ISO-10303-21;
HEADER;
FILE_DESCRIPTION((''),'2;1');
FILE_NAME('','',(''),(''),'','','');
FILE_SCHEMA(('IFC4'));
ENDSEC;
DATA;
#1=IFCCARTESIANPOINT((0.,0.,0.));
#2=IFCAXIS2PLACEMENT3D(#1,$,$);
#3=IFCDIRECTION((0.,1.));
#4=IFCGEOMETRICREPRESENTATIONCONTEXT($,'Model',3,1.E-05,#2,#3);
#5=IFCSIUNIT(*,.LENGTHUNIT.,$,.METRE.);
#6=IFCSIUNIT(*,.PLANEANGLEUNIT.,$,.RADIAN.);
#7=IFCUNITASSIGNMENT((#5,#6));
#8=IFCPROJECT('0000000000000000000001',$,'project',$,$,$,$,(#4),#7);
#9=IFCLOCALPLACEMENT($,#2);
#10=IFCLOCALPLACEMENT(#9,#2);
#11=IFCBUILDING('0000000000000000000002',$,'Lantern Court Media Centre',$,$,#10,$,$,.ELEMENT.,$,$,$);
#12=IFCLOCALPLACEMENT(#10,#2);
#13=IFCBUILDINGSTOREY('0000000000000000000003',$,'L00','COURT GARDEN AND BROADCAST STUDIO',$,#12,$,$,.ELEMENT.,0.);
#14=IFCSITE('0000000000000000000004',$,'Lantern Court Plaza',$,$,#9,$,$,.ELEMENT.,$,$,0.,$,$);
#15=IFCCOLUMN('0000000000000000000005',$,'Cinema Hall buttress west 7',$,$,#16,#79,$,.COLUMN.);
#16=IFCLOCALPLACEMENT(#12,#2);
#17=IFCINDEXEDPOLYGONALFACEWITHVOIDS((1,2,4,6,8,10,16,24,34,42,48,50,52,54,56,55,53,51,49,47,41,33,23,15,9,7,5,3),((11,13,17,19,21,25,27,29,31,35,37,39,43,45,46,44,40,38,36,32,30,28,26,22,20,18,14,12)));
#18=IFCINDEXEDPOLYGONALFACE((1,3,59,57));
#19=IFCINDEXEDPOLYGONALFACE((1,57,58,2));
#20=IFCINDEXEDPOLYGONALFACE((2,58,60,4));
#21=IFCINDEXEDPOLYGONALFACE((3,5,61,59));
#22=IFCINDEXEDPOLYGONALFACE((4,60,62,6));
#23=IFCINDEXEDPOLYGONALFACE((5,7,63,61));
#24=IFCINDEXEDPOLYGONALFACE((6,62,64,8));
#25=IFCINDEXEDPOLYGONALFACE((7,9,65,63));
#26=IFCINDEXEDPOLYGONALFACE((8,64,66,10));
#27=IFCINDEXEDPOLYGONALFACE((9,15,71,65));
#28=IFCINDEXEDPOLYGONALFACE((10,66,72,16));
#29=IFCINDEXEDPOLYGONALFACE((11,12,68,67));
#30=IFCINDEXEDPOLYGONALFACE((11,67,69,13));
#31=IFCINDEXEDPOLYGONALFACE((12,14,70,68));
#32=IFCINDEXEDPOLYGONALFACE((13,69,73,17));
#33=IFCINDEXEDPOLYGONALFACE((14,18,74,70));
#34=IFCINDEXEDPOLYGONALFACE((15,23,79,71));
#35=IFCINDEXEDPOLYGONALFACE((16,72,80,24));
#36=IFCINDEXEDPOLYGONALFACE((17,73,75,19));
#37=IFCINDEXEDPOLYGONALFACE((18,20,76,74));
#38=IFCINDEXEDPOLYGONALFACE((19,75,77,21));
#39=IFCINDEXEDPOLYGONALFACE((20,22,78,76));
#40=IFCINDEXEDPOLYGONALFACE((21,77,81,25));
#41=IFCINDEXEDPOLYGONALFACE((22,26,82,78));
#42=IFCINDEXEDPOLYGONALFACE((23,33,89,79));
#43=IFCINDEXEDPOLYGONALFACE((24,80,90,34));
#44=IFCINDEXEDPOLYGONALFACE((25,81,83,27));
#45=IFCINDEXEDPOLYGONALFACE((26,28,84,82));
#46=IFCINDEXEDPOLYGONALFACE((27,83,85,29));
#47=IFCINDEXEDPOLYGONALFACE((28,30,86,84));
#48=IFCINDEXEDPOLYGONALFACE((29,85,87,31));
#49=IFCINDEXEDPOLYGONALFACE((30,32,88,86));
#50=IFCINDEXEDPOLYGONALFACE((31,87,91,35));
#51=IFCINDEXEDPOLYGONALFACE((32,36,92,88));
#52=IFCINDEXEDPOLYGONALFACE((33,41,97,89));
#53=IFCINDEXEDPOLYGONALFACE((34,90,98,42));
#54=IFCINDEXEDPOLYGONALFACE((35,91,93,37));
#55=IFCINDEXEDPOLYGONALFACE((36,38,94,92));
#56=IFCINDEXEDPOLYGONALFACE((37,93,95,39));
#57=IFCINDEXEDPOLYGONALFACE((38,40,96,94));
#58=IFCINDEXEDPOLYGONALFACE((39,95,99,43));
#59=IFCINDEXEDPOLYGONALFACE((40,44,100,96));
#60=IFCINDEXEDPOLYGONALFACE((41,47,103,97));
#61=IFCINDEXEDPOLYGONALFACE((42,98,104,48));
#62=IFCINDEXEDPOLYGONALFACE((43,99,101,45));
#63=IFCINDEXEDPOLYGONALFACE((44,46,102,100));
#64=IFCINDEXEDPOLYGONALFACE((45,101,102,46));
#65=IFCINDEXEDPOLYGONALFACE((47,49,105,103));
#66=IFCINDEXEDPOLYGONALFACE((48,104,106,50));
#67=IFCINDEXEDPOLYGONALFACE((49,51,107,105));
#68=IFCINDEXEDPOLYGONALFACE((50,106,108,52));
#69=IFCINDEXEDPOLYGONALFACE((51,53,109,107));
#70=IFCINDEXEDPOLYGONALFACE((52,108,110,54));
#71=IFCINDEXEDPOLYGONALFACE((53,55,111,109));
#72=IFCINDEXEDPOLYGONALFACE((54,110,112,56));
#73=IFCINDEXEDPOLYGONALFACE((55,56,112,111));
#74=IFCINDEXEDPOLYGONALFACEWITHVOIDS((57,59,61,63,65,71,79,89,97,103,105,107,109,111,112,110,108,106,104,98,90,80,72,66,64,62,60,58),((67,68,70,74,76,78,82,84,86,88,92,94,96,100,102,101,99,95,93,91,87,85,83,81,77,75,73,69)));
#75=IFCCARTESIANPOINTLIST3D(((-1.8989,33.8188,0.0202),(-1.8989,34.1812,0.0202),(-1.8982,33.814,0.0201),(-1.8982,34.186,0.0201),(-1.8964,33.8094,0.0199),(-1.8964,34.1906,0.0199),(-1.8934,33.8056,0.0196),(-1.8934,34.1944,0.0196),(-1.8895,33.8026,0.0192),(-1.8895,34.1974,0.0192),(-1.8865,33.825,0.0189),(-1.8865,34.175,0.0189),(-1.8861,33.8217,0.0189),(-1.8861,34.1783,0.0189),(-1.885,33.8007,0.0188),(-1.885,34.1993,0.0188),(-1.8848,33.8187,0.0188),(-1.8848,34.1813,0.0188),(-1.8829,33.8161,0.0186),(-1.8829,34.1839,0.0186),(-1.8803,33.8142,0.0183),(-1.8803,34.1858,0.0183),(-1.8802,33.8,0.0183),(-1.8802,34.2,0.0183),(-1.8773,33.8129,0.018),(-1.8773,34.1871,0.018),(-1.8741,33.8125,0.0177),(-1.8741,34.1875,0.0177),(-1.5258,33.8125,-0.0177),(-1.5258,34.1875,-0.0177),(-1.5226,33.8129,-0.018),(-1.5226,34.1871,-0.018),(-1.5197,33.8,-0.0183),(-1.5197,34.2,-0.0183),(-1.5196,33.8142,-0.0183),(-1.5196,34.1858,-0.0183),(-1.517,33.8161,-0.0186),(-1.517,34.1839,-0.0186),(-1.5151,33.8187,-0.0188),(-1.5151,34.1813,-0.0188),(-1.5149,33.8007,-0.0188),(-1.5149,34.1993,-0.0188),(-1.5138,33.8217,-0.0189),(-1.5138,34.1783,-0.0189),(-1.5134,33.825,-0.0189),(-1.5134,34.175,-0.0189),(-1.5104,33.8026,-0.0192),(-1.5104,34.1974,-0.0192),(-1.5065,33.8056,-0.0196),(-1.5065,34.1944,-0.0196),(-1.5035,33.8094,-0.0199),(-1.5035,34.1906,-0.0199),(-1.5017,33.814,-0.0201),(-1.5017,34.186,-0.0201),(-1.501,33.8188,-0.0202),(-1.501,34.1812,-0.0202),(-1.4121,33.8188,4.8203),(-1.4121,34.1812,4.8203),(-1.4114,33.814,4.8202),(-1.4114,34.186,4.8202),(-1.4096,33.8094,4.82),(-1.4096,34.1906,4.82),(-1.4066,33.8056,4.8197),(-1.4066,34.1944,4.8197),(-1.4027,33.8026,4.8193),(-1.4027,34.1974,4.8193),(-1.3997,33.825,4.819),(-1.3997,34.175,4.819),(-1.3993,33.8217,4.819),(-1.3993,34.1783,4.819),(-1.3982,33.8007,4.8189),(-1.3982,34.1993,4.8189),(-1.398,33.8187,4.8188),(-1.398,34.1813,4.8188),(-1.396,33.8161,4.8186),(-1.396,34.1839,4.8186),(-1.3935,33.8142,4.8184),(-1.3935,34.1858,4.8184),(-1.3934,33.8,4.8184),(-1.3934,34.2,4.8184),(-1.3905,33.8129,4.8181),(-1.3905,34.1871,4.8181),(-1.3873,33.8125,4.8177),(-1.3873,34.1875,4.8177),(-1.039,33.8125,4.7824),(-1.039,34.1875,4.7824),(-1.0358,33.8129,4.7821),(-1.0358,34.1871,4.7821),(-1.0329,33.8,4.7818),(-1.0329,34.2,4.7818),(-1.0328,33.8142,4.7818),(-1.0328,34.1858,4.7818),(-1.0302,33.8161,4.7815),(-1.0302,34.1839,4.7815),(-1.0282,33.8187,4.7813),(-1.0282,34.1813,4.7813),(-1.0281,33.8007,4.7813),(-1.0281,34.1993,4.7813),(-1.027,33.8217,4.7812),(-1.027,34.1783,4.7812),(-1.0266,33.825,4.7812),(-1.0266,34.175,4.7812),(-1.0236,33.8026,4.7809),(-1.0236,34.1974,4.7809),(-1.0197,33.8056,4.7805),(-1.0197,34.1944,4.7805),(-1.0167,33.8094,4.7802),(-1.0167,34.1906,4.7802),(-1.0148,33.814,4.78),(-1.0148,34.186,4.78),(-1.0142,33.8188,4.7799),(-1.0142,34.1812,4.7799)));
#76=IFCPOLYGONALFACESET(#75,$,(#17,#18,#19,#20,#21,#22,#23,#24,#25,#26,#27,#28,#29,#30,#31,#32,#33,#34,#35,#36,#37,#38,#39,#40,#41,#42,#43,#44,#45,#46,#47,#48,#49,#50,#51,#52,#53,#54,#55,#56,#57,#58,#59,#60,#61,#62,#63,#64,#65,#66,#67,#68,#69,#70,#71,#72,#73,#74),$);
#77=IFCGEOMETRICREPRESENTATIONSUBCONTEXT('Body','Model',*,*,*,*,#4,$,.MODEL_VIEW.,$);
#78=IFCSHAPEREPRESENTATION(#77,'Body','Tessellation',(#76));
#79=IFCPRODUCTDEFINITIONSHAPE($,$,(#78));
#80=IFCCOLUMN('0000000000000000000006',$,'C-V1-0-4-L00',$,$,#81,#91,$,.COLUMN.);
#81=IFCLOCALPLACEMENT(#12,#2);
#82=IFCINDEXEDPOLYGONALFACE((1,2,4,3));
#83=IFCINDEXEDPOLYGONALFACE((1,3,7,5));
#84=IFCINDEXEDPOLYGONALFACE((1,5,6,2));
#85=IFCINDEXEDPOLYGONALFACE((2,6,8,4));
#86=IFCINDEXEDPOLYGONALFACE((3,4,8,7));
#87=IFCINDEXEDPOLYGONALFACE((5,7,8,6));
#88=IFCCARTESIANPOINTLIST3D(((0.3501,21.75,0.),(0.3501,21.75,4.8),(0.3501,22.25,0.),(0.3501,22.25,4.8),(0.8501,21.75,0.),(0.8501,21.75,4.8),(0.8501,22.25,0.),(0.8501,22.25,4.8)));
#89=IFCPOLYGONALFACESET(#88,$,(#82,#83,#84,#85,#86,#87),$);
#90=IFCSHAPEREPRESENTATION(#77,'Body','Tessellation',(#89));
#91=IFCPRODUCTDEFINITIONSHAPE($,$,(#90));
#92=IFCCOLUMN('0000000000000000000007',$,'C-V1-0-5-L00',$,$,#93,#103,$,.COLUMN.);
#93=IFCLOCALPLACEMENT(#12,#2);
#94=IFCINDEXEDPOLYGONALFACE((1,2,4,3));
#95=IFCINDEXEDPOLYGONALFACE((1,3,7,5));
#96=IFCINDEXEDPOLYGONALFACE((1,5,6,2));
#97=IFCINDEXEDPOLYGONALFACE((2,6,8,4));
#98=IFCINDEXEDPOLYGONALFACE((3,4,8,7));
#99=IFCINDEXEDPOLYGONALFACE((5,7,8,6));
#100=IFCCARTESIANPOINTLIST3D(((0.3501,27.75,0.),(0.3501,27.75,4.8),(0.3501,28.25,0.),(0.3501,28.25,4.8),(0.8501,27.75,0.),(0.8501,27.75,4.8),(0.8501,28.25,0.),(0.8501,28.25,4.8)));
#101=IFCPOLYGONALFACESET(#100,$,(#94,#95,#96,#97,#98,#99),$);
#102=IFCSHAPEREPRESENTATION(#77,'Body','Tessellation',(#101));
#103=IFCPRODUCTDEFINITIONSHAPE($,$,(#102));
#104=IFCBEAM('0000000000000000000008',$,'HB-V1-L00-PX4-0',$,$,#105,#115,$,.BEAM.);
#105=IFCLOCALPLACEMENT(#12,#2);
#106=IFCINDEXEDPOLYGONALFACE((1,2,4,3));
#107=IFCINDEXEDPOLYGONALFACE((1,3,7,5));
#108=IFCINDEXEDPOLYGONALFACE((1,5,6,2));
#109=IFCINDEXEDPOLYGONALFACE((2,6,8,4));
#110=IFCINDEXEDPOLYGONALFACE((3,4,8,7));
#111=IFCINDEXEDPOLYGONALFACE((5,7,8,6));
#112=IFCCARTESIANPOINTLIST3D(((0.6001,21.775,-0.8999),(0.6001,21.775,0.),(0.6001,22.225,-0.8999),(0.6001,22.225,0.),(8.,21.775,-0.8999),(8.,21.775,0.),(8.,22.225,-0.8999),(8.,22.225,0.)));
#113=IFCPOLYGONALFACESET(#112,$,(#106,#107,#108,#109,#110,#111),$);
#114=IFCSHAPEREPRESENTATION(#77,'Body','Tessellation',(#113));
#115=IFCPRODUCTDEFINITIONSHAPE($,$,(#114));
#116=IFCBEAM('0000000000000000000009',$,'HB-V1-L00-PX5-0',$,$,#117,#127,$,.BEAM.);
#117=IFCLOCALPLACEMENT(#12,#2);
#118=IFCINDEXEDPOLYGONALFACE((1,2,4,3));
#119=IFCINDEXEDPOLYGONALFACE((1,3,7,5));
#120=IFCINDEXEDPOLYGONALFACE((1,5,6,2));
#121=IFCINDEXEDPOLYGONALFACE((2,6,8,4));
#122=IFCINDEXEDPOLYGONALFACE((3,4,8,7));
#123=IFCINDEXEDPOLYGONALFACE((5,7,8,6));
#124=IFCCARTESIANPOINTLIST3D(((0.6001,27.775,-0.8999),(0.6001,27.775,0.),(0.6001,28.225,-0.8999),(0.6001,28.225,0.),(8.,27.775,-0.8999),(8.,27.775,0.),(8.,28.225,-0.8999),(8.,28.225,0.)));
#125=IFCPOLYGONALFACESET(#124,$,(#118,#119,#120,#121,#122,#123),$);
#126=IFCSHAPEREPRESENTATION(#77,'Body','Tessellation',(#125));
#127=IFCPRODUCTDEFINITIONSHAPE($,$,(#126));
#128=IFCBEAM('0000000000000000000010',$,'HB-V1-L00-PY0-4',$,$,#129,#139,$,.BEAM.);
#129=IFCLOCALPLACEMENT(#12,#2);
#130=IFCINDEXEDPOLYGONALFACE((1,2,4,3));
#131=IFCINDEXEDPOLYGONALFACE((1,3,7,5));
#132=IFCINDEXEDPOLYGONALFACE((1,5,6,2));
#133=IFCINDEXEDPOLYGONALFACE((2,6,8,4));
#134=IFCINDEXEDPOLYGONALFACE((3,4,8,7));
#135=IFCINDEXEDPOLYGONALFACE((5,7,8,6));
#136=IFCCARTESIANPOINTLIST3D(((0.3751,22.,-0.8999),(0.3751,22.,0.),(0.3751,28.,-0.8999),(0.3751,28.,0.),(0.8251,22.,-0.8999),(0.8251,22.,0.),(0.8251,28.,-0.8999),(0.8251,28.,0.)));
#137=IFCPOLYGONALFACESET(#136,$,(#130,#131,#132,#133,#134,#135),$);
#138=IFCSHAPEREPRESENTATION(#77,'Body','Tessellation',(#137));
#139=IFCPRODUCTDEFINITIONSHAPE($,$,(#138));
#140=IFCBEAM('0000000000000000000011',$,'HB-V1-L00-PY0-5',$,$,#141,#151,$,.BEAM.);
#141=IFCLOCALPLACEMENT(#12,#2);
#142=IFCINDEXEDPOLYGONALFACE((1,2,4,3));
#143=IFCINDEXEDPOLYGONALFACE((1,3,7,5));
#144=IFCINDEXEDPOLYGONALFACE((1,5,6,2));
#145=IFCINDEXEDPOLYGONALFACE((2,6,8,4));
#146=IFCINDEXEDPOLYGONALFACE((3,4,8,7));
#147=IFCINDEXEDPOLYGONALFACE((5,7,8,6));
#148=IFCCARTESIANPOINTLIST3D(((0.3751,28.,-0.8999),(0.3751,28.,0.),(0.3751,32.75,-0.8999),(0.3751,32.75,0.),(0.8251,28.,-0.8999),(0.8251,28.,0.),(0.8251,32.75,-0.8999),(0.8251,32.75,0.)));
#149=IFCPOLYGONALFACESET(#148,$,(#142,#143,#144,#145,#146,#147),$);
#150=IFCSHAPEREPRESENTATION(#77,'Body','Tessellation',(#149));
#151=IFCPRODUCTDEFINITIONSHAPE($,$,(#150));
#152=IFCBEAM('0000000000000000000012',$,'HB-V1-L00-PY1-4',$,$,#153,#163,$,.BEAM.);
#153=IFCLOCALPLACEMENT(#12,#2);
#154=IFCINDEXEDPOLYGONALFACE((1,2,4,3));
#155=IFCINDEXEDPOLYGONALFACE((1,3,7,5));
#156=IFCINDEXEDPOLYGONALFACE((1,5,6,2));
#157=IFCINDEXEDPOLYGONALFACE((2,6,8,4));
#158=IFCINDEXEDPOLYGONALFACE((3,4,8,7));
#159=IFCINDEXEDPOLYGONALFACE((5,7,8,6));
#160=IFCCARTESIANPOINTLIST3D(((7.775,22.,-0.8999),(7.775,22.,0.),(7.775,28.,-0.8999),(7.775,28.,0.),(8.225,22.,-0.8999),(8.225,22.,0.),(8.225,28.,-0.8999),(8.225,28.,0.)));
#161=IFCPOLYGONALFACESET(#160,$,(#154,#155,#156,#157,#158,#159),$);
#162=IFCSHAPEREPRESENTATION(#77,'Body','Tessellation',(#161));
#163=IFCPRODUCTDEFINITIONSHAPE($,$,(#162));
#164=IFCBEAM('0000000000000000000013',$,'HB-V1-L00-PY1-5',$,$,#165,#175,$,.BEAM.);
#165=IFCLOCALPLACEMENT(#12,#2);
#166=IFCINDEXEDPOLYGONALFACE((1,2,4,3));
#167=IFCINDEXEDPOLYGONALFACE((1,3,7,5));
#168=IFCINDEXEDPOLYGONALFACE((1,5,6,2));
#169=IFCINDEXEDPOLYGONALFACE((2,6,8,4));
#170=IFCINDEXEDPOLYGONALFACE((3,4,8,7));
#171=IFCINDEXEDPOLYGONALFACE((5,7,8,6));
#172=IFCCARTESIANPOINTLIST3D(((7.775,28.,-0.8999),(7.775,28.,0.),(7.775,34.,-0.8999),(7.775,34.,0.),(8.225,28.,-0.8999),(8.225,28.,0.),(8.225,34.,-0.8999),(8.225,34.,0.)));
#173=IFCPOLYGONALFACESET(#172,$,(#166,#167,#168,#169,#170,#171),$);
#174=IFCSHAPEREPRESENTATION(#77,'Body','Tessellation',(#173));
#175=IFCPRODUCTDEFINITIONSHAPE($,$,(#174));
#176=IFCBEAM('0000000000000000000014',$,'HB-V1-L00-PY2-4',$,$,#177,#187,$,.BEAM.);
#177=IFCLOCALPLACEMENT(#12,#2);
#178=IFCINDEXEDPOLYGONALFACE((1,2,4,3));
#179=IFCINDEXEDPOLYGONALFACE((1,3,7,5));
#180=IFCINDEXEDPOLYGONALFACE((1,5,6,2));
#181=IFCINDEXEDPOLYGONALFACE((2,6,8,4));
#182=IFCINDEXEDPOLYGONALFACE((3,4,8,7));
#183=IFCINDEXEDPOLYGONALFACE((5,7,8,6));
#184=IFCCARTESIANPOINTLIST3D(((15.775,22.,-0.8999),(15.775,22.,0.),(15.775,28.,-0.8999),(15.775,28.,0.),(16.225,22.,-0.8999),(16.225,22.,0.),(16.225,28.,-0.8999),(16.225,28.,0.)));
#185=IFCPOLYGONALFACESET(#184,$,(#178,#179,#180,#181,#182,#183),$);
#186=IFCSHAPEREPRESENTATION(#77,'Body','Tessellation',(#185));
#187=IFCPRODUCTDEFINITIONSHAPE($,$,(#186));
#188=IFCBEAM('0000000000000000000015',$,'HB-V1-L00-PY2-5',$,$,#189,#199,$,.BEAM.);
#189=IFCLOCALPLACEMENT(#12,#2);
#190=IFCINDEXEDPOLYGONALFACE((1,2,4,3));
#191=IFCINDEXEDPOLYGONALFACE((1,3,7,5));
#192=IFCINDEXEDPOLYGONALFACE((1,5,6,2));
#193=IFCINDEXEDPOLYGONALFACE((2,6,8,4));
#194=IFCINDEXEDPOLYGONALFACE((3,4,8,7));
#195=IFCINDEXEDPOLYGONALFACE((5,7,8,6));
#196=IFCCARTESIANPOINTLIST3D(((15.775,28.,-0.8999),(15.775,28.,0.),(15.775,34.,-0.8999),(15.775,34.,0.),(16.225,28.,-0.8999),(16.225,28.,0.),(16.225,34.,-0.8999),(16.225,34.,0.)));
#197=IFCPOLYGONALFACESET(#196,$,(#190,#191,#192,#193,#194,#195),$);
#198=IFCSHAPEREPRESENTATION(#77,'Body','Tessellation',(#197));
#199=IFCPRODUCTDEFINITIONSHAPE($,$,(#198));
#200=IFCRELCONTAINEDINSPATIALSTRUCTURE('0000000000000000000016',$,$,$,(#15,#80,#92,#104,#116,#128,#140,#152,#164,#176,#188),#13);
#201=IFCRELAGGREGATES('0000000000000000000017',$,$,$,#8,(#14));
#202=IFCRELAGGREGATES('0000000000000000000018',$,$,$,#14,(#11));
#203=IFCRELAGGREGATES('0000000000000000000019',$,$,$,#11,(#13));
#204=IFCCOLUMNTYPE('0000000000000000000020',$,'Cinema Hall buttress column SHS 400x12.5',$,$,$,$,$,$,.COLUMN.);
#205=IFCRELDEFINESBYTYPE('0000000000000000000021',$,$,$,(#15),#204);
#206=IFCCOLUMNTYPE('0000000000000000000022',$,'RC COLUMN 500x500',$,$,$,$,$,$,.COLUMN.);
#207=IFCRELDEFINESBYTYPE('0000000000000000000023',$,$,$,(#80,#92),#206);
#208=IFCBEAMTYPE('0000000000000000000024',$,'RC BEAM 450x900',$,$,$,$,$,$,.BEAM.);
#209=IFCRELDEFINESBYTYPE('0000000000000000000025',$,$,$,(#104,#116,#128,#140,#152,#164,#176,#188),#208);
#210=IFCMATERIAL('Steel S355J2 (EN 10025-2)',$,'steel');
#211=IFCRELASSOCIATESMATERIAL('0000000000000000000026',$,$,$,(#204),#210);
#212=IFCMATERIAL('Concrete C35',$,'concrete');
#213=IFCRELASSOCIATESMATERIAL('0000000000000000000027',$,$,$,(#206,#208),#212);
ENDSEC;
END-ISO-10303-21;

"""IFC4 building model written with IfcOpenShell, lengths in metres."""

from ifc_helpers import new_model, si_unit, direction, frame, origin, origin_2d, place, context, subcontext, project, spatial, rectangle, hollow_rectangle, extrude, material, material_profile, profile_set, type_object, element, save


model = new_model("IFC4")

# Units and contexts
model_context = context("Model", 3, precision=1e-05, world=origin(), true_north=direction((0.0, 1.0)))
body_context = subcontext(model_context, "Body", "Model", "MODEL_VIEW")
ifc_project = project(units=[si_unit("LENGTHUNIT", "METRE"), si_unit("PLANEANGLEUNIT", "RADIAN")], contexts=[model_context])

# Site, building, storey
site_placement = place(None, origin())
site = spatial("IfcSite", under=ifc_project, at=site_placement, Name="Lantern Court Plaza", CompositionType="ELEMENT", RefElevation=0.0)
building_placement = place(site_placement, origin())
building = spatial("IfcBuilding", under=site, at=building_placement, Name="Lantern Court Media Centre", CompositionType="ELEMENT")
storey_placement = place(building_placement, origin())
storey = spatial("IfcBuildingStorey", under=building, at=storey_placement, Name="L00", Description="COURT GARDEN AND BROADCAST STUDIO", CompositionType="ELEMENT", Elevation=0.0)

# Columns
ifc_material_1 = material(Name="Steel S355J2 (EN 10025-2)", Category="steel")
ifc_material_profile_1 = material_profile(ifc_material_1, hollow_rectangle(XDim=0.3999, YDim=0.3999, WallThickness=0.0125, InnerFilletRadius=0.0125, OuterFilletRadius=0.0188, at=origin_2d()), Name="Cinema Hall buttress column SHS 400x12.5")
ifc_profile_set_1 = profile_set([ifc_material_profile_1], Name="Steel S355J2 (EN 10025-2)")
column_type_1 = type_object("IfcColumnType", Name="Cinema Hall buttress column SHS 400x12.5", PredefinedType="COLUMN", material=ifc_profile_set_1)
for number, where, z_axis, x_axis, name in (
    (1, (-1.7, 34.0, 0.0), (0.100901, 0.0, 0.994896), (0.0, 1.0, 0.0), "Cinema Hall buttress west 7"),
):
    element("IfcColumn", number, at=place(storey_placement, frame(where, z_axis=z_axis, x_axis=x_axis)), inside=storey, type_object=column_type_1, Name=name, PredefinedType="COLUMN", context=body_context, shape_type="SweptSolid", body=[
        extrude(hollow_rectangle(XDim=0.3999, YDim=0.3999, WallThickness=0.0125, InnerFilletRadius=0.0125, OuterFilletRadius=0.0188, at=origin_2d()), origin(), (0.0, 0.0, 1.0), 4.8247),
    ])
ifc_material_2 = material(Name="Concrete C35", Category="concrete")
ifc_material_profile_2 = material_profile(ifc_material_2, rectangle(XDim=0.5, YDim=0.5, at=origin_2d()), Name="RC 500x500")
ifc_profile_set_2 = profile_set([ifc_material_profile_2], Name="Concrete C35")
column_type_2 = type_object("IfcColumnType", Name="RC COLUMN 500x500", PredefinedType="COLUMN", material=ifc_profile_set_2)
for number, where, z_axis, x_axis, name in (
    (2, (0.6001, 22.0, 0.0), (0.0, 0.0, 1.0), (1.0, 0.0, 0.0), "C-V1-0-4-L00"),
    (3, (0.6001, 28.0, 0.0), (0.0, 0.0, 1.0), (1.0, 0.0, 0.0), "C-V1-0-5-L00"),
):
    element("IfcColumn", number, at=place(storey_placement, frame(where, z_axis=z_axis, x_axis=x_axis)), inside=storey, type_object=column_type_2, Name=name, PredefinedType="COLUMN", context=body_context, shape_type="SweptSolid", body=[
        extrude(rectangle(XDim=0.5, YDim=0.5, at=origin_2d()), origin(), (0.0, 0.0, 1.0), 4.8),
    ])

# Beams
ifc_material_profile_3 = material_profile(ifc_material_2, rectangle(XDim=0.45, YDim=0.8999, at=origin_2d()), Name="RC 450x900")
ifc_profile_set_3 = profile_set([ifc_material_profile_3], Name="Concrete C35")
beam_type_1 = type_object("IfcBeamType", Name="RC BEAM 450x900", PredefinedType="BEAM", material=ifc_profile_set_3)
for number, where, z_axis, x_axis, name in (
    (4, (0.6001, 22.0, -0.45), (1.0, 0.0, 0.0), (0.0, 1.0, 0.0), "HB-V1-L00-PX4-0"),
    (5, (0.6001, 28.0, -0.45), (1.0, 0.0, 0.0), (0.0, 1.0, 0.0), "HB-V1-L00-PX5-0"),
):
    element("IfcBeam", number, at=place(storey_placement, frame(where, z_axis=z_axis, x_axis=x_axis)), inside=storey, type_object=beam_type_1, Name=name, PredefinedType="BEAM", context=body_context, shape_type="SweptSolid", body=[
        extrude(rectangle(XDim=0.45, YDim=0.8999, at=origin_2d()), origin(), (0.0, 0.0, 1.0), 7.3999),
    ])
beam_1_placement = place(storey_placement, frame((0.6001, 22.0, -0.45), z_axis=(0.0, 1.0, 0.0), x_axis=(-1.0, 0.0, 0.0)))
element("IfcBeam", 6, at=beam_1_placement, inside=storey, type_object=beam_type_1, Name="HB-V1-L00-PY0-4", PredefinedType="BEAM", context=body_context, shape_type="SweptSolid", body=[
    extrude(rectangle(XDim=0.45, YDim=0.8999, at=origin_2d()), origin(), (0.0, 0.0, 1.0), 6.0),
])
beam_2_placement = place(storey_placement, frame((0.6001, 28.0, -0.45), z_axis=(0.0, 1.0, 0.0), x_axis=(-1.0, 0.0, 0.0)))
element("IfcBeam", 7, at=beam_2_placement, inside=storey, type_object=beam_type_1, Name="HB-V1-L00-PY0-5", PredefinedType="BEAM", context=body_context, shape_type="SweptSolid", body=[
    extrude(rectangle(XDim=0.45, YDim=0.8999, at=origin_2d()), origin(), (0.0, 0.0, 1.0), 4.75),
])
for number, where, z_axis, x_axis, name in (
    (8, (8.0, 22.0, -0.45), (0.0, 1.0, 0.0), (-1.0, 0.0, 0.0), "HB-V1-L00-PY1-4"),
    (9, (8.0, 28.0, -0.45), (0.0, 1.0, 0.0), (-1.0, 0.0, 0.0), "HB-V1-L00-PY1-5"),
    (10, (16.0, 22.0, -0.45), (0.0, 1.0, 0.0), (-1.0, 0.0, 0.0), "HB-V1-L00-PY2-4"),
    (11, (16.0, 28.0, -0.45), (0.0, 1.0, 0.0), (-1.0, 0.0, 0.0), "HB-V1-L00-PY2-5"),
):
    element("IfcBeam", number, at=place(storey_placement, frame(where, z_axis=z_axis, x_axis=x_axis)), inside=storey, type_object=beam_type_1, Name=name, PredefinedType="BEAM", context=body_context, shape_type="SweptSolid", body=[
        extrude(rectangle(XDim=0.45, YDim=0.8999, at=origin_2d()), origin(), (0.0, 0.0, 1.0), 6.0),
    ])

save(model, "model.ifc")
